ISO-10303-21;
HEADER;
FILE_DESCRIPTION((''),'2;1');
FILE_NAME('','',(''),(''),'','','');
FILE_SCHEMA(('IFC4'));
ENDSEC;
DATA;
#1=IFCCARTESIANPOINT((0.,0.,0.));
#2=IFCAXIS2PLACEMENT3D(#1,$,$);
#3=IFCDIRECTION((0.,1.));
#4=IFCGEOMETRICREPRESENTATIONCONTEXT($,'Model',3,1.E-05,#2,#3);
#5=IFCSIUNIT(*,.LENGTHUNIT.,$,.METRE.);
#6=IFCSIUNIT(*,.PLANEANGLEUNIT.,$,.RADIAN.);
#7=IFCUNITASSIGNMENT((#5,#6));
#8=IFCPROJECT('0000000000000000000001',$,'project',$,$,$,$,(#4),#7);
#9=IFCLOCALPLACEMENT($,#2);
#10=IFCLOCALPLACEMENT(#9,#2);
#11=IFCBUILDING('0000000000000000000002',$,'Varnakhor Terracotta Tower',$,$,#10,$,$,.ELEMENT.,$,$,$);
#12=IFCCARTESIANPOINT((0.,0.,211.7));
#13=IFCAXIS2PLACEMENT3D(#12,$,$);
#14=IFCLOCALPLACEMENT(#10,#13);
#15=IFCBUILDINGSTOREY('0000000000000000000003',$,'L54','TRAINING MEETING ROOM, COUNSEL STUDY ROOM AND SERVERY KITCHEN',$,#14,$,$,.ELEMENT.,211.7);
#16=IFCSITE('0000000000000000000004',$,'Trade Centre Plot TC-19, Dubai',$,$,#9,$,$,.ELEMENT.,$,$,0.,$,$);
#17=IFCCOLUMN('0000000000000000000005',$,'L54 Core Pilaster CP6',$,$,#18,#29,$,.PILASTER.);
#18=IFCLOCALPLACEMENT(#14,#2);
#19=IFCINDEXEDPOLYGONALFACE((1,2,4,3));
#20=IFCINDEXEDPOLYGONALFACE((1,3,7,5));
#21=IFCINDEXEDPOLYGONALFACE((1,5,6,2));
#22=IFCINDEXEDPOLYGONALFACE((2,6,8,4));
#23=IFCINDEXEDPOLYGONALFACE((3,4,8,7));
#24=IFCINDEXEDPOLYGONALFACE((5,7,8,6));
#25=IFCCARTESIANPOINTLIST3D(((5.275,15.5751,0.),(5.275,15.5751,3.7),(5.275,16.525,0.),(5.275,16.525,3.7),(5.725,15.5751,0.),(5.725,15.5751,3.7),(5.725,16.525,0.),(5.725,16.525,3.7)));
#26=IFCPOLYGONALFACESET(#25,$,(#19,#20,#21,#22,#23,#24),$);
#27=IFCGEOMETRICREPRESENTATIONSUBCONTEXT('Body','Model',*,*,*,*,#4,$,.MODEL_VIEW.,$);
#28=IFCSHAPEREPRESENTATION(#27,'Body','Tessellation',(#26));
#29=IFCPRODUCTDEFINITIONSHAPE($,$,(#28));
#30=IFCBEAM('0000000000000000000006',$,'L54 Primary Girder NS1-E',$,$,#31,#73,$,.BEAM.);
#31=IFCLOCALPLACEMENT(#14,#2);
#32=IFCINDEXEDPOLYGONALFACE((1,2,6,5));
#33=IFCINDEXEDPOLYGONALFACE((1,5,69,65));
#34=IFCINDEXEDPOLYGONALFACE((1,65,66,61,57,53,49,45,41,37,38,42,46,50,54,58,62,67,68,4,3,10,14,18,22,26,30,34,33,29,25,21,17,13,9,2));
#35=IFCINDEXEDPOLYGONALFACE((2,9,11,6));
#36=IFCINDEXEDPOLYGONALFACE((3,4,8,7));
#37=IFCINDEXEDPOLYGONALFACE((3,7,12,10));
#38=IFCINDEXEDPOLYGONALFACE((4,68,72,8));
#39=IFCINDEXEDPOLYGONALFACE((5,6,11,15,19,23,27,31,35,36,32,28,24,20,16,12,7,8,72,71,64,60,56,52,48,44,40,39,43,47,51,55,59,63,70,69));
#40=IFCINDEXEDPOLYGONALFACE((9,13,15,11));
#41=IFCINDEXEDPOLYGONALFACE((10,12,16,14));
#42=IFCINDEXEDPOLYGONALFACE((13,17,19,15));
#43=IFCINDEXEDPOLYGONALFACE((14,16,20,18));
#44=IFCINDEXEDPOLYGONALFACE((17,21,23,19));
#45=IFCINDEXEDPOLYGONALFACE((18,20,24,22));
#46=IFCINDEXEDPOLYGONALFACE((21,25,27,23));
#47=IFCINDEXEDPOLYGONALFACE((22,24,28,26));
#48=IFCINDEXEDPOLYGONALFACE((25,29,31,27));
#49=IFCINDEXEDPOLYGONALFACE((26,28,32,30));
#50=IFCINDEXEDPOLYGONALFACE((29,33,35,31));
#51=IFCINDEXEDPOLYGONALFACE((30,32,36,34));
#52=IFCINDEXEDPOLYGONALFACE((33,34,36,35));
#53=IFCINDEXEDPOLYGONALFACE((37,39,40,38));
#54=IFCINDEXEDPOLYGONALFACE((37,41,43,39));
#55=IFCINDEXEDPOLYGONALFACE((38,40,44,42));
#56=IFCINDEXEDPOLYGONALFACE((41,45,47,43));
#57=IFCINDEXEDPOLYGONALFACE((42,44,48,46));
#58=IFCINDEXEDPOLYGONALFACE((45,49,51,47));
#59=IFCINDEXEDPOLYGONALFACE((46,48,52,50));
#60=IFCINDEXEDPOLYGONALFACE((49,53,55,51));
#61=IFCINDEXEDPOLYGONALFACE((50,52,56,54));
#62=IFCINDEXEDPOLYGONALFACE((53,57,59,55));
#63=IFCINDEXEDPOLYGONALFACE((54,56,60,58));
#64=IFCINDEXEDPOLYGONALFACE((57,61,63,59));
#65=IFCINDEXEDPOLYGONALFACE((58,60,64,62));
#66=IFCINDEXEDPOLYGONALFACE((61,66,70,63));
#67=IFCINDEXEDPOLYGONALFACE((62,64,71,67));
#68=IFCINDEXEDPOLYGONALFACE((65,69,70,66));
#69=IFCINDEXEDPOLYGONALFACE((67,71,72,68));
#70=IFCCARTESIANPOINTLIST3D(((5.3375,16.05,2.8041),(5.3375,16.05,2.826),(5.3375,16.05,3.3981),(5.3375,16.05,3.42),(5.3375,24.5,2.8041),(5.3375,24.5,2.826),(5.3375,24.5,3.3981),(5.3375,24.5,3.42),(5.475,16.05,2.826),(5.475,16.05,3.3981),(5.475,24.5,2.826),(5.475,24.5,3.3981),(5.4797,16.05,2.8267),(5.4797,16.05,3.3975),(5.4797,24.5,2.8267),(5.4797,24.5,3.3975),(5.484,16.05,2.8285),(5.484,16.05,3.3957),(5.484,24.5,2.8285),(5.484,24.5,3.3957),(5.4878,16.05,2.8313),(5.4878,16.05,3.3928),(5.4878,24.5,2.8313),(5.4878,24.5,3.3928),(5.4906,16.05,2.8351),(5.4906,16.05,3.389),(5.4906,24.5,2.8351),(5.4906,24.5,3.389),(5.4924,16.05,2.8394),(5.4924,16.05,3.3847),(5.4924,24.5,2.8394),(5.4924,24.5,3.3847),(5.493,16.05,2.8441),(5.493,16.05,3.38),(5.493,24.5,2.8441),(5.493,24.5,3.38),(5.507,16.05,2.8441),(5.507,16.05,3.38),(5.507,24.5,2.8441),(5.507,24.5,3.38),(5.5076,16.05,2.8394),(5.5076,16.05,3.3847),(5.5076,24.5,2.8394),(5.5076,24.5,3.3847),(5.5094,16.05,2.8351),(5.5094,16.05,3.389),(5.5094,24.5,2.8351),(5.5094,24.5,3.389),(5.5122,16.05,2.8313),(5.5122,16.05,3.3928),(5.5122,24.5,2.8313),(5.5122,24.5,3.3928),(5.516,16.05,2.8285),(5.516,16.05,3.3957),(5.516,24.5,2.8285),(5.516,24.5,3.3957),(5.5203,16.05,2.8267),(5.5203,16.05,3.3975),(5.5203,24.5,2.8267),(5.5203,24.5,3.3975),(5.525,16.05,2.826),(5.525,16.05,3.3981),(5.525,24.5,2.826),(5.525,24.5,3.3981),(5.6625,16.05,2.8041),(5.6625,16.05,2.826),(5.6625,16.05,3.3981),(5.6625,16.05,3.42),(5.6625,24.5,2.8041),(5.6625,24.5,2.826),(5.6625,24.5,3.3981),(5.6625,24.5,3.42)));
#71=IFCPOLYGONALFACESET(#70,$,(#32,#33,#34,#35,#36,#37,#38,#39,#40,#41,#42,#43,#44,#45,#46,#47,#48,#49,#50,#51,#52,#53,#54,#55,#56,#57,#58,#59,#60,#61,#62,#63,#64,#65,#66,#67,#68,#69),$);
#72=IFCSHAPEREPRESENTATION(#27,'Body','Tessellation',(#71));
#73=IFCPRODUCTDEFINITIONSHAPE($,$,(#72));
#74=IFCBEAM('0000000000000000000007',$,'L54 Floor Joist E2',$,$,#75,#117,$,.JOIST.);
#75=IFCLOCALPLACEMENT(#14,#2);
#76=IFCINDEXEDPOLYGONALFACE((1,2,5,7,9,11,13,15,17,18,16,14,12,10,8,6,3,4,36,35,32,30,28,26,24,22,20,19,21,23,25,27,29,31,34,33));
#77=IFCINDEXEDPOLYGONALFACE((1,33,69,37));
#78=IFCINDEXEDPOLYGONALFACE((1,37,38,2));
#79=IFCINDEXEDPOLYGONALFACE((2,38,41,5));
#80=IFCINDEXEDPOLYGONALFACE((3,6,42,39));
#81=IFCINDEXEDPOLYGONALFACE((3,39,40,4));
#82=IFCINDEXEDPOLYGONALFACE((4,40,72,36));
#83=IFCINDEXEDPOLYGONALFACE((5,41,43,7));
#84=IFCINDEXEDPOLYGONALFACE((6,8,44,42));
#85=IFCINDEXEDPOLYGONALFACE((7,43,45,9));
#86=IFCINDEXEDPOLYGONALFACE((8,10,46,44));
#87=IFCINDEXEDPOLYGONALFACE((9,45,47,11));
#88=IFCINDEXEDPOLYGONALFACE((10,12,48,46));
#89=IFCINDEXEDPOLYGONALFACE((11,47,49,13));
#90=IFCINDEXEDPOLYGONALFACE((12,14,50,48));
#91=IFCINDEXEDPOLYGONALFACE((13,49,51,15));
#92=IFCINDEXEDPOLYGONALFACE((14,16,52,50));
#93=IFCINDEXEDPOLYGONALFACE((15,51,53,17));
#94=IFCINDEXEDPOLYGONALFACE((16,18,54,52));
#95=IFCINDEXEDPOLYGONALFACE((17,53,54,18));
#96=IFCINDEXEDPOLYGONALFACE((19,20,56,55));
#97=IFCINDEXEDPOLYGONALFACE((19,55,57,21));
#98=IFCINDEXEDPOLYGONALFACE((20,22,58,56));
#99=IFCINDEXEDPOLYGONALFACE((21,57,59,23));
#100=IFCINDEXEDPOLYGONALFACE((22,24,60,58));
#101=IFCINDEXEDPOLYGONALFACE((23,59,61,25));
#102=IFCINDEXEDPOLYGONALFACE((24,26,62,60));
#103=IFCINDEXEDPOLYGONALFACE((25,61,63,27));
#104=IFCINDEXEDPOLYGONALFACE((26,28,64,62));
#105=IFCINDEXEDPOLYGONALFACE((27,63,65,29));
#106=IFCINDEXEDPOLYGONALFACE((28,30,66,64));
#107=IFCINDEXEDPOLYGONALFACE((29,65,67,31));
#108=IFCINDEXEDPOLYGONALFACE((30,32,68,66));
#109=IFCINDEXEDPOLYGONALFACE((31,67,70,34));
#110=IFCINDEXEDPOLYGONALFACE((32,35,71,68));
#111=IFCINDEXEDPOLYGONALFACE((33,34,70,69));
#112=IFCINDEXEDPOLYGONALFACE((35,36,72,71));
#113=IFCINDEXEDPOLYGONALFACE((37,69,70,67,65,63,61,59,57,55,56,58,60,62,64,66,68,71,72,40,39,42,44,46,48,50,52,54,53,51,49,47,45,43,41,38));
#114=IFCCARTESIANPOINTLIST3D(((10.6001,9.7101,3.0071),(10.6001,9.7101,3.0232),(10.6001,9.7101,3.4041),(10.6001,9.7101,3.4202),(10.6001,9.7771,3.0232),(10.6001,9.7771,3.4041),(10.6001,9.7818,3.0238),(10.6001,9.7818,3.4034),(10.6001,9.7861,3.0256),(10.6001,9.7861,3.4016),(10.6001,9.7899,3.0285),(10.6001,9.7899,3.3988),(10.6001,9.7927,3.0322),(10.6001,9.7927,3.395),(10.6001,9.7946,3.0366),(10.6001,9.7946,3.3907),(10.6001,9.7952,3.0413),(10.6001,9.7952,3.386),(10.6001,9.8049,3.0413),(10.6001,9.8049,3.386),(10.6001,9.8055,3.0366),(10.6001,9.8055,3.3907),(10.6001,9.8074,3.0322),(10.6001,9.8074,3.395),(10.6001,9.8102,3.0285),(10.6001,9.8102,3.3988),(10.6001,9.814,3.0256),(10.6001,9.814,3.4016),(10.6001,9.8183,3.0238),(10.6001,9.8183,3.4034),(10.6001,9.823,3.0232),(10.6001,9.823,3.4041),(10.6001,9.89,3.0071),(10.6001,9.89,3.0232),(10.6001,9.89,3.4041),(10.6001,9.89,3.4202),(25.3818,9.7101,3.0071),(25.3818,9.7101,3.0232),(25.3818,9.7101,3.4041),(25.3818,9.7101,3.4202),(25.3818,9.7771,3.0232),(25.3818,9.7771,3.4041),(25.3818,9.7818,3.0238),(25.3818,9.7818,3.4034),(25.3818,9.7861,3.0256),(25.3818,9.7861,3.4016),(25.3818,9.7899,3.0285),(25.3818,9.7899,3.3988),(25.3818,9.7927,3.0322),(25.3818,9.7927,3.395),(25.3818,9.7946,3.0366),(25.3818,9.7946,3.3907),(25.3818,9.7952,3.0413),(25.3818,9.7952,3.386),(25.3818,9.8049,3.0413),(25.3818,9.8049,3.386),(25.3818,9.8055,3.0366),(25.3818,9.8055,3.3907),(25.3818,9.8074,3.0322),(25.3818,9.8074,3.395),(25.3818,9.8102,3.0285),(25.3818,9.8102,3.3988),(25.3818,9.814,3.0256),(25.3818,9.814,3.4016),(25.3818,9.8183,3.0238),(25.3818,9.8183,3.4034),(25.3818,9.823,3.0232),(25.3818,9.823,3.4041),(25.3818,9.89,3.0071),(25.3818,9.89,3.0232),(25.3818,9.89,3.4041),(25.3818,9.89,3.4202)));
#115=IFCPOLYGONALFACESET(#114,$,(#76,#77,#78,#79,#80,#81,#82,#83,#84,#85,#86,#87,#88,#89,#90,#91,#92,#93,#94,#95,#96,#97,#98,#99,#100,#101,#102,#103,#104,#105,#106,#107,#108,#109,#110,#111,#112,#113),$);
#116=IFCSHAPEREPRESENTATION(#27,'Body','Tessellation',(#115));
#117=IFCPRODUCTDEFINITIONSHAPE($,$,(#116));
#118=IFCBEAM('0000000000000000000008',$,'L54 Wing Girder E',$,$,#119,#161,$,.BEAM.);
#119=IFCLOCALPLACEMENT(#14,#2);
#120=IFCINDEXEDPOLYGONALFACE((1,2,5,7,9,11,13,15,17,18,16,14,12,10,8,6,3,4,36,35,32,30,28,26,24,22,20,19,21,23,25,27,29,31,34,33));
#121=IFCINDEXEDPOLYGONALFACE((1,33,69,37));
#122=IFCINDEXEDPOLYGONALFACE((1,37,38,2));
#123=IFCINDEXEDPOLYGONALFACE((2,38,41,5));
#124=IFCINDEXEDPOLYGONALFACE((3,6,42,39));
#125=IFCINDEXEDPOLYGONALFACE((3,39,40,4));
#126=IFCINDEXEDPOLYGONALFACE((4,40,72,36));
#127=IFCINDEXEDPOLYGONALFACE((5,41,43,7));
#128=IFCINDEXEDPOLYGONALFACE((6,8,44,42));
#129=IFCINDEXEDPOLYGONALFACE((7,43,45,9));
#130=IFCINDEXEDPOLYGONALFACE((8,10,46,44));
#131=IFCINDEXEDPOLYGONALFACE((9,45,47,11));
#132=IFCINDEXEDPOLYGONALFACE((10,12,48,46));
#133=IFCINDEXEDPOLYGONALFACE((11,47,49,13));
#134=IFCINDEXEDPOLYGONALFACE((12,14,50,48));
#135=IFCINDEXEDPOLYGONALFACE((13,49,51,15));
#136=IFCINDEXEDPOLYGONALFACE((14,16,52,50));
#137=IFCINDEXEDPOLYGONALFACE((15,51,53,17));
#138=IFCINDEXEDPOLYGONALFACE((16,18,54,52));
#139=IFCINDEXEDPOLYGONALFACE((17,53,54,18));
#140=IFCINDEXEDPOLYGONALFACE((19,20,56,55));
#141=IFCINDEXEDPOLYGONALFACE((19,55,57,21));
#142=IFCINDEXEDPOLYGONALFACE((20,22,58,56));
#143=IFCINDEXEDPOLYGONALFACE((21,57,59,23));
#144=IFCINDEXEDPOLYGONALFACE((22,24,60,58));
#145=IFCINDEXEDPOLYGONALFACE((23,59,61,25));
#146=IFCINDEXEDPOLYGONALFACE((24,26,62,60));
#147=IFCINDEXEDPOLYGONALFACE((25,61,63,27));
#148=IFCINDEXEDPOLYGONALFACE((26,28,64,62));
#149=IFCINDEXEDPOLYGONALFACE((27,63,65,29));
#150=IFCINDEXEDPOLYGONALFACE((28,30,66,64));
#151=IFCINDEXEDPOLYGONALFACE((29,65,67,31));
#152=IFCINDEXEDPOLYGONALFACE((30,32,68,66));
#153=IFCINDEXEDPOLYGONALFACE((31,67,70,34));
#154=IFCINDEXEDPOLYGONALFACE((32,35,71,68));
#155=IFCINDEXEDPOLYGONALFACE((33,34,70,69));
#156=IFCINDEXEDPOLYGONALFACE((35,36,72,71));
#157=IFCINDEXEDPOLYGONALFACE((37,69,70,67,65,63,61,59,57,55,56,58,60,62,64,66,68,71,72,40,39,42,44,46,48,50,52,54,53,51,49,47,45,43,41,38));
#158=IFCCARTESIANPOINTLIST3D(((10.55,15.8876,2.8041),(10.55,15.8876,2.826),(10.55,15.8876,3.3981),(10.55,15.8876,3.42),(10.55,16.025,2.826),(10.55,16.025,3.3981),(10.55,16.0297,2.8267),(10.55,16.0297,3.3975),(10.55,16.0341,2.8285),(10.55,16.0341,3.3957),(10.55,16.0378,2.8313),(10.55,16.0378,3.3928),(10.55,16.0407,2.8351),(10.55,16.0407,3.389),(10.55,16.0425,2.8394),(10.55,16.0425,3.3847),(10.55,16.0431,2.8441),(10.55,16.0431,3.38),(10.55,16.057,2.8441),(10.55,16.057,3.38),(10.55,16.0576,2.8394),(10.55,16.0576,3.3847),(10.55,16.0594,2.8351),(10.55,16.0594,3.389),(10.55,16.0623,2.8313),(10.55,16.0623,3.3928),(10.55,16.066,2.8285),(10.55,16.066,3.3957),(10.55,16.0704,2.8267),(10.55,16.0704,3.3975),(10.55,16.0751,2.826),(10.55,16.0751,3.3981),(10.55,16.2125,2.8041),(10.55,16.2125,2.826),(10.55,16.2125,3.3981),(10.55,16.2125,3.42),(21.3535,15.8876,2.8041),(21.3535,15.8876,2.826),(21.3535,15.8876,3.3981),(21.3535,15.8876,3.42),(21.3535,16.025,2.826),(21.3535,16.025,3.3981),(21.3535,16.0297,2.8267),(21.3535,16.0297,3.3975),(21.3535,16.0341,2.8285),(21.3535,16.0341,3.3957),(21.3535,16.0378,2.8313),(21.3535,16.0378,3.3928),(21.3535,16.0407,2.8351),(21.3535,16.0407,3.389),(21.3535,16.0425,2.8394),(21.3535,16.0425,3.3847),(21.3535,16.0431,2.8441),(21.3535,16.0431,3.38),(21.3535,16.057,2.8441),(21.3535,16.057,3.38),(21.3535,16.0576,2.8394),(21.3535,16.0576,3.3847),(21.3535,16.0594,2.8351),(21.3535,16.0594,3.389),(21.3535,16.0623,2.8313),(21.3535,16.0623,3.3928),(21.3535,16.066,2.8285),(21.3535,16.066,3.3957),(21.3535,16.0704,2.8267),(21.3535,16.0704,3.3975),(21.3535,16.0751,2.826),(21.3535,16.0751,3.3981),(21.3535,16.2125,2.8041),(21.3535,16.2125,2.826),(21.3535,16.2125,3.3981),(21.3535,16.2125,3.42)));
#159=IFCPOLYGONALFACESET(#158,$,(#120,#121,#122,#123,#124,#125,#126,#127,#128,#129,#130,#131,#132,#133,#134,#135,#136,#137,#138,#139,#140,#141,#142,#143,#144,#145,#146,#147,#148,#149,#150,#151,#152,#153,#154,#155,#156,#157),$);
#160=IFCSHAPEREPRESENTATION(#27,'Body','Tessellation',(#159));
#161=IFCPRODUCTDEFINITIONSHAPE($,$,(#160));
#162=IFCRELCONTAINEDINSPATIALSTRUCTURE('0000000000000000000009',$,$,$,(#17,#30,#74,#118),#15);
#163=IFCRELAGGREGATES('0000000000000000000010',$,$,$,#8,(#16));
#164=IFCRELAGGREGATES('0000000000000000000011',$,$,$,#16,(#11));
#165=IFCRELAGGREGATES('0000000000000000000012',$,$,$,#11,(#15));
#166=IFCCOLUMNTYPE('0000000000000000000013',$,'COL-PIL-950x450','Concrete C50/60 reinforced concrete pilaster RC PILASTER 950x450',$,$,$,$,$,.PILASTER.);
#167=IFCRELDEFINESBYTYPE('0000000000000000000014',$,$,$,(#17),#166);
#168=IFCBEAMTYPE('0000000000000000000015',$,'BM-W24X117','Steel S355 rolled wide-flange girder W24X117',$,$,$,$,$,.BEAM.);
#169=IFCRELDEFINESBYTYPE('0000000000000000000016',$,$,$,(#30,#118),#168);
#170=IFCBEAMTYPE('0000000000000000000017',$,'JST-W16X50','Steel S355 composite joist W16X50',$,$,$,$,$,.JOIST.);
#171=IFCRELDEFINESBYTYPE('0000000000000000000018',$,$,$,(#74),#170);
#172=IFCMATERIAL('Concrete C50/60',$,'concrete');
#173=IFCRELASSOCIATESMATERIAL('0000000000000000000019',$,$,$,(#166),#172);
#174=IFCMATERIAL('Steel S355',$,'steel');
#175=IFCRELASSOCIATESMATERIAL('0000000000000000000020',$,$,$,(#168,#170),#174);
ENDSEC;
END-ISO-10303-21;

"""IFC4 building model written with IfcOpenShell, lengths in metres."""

from ifc_helpers import new_model, si_unit, direction, frame, origin, origin_2d, place, context, subcontext, project, spatial, rectangle, i_section, extrude, source, transform, mapped, material, material_profile, profile_set, type_object, type_shapes, element, save


model = new_model("IFC4")

# Units and contexts
model_context = context("Model", 3, precision=1e-05, world=origin(), true_north=direction((0.0, 1.0)))
body_context = subcontext(model_context, "Body", "Model", "MODEL_VIEW")
ifc_project = project(units=[si_unit("LENGTHUNIT", "METRE"), si_unit("PLANEANGLEUNIT", "RADIAN")], contexts=[model_context])

# Site, building, storey
site_placement = place(None, origin())
site = spatial("IfcSite", under=ifc_project, at=site_placement, Name="Trade Centre Plot TC-19, Dubai", CompositionType="ELEMENT", RefElevation=0.0)
building_placement = place(site_placement, origin())
building = spatial("IfcBuilding", under=site, at=building_placement, Name="Varnakhor Terracotta Tower", CompositionType="ELEMENT")
storey_placement = place(building_placement, frame((0.0, 0.0, 211.7)))
storey = spatial("IfcBuildingStorey", under=building, at=storey_placement, Name="L54", Description="TRAINING MEETING ROOM, COUNSEL STUDY ROOM AND SERVERY KITCHEN", CompositionType="ELEMENT", Elevation=211.7)

# Column
ifc_material_1 = material(Name="Concrete C50/60", Category="concrete")
ifc_material_profile_1 = material_profile(ifc_material_1, rectangle(XDim=0.45, YDim=0.95, at=origin_2d()), Name="RC PILASTER 950x450")
ifc_profile_set_1 = profile_set([ifc_material_profile_1], Name="Concrete C50/60")
column_type = type_object("IfcColumnType", Name="COL-PIL-950x450", Description="Concrete C50/60 reinforced concrete pilaster RC PILASTER 950x450", PredefinedType="PILASTER", material=ifc_profile_set_1)
shared_shape_1 = source(origin(), body_context, "Body", "SweptSolid", [
    extrude(rectangle(XDim=0.45, YDim=0.95, at=origin_2d()), origin(), (0.0, 0.0, 1.0), 3.7),
])
column_placement = place(storey_placement, frame((5.5, 16.05, 0.0), z_axis=(0.0, 0.0, 1.0), x_axis=(1.0, 0.0, 0.0)))
element("IfcColumn", 1, at=column_placement, inside=storey, type_object=column_type, Name="L54 Core Pilaster CP6", PredefinedType="PILASTER", context=body_context, shape_type="MappedRepresentation", body=[
    mapped(shared_shape_1, transform((0.0, 0.0, 0.0), scale=1.0)),
])

# Beams
ifc_material_2 = material(Name="Steel S355", Category="steel")
ifc_material_profile_2 = material_profile(ifc_material_2, i_section(OverallWidth=0.325, OverallDepth=0.616, WebThickness=0.0139, FlangeThickness=0.022, FilletRadius=0.0181, at=origin_2d()), Name="W24X117")
ifc_profile_set_2 = profile_set([ifc_material_profile_2], Name="Steel S355")
beam_type_1 = type_object("IfcBeamType", Name="BM-W24X117", Description="Steel S355 rolled wide-flange girder W24X117", PredefinedType="BEAM", material=ifc_profile_set_2)
shared_shape_2 = source(origin(), body_context, "Body", "SweptSolid", [
    extrude(i_section(OverallWidth=0.325, OverallDepth=0.616, WebThickness=0.0139, FlangeThickness=0.022, FilletRadius=0.0181, at=origin_2d()), origin(), (0.0, 0.0, 1.0), 8.45),
])
type_shapes(beam_type_1, [shared_shape_2])
beam_1_placement = place(storey_placement, frame((5.5, 16.05, 3.1121), z_axis=(0.0, 1.0, 0.0), x_axis=(-1.0, 0.0, 0.0)))
element("IfcBeam", 2, at=beam_1_placement, inside=storey, type_object=beam_type_1, Name="L54 Primary Girder NS1-E", PredefinedType="BEAM", context=body_context, shape_type="MappedRepresentation", body=[
    mapped(shared_shape_2, transform((0.0, 0.0, 0.0), scale=1.0)),
])
ifc_material_profile_3 = material_profile(ifc_material_2, i_section(OverallWidth=0.1799, OverallDepth=0.4131, WebThickness=0.0098, FlangeThickness=0.0161, FilletRadius=0.0181, at=origin_2d()), Name="W16X50")
ifc_profile_set_3 = profile_set([ifc_material_profile_3], Name="Steel S355")
beam_type_2 = type_object("IfcBeamType", Name="JST-W16X50", Description="Steel S355 composite joist W16X50", PredefinedType="JOIST", material=ifc_profile_set_3)
shared_shape_3 = source(origin(), body_context, "Body", "SweptSolid", [
    extrude(i_section(OverallWidth=0.1799, OverallDepth=0.4131, WebThickness=0.0098, FlangeThickness=0.0161, FilletRadius=0.0181, at=origin_2d()), origin(), (0.0, 0.0, 1.0), 14.7817),
])
beam_2_placement = place(storey_placement, frame((10.6001, 9.8, 3.2136), z_axis=(1.0, 0.0, 0.0), x_axis=(0.0, 1.0, 0.0)))
element("IfcBeam", 3, at=beam_2_placement, inside=storey, type_object=beam_type_2, Name="L54 Floor Joist E2", PredefinedType="JOIST", context=body_context, shape_type="MappedRepresentation", body=[
    mapped(shared_shape_3, transform((0.0, 0.0, 0.0), scale=1.0)),
])
shared_shape_4 = source(origin(), body_context, "Body", "SweptSolid", [
    extrude(i_section(OverallWidth=0.325, OverallDepth=0.616, WebThickness=0.0139, FlangeThickness=0.022, FilletRadius=0.0181, at=origin_2d()), origin(), (0.0, 0.0, 1.0), 10.8035),
])
beam_3_placement = place(storey_placement, frame((10.55, 16.05, 3.1121), z_axis=(1.0, 0.0, 0.0), x_axis=(0.0, 1.0, 0.0)))
element("IfcBeam", 4, at=beam_3_placement, inside=storey, type_object=beam_type_1, Name="L54 Wing Girder E", PredefinedType="BEAM", context=body_context, shape_type="MappedRepresentation", body=[
    mapped(shared_shape_4, transform((0.0, 0.0, 0.0), scale=1.0)),
])

save(model, "model.ifc")
